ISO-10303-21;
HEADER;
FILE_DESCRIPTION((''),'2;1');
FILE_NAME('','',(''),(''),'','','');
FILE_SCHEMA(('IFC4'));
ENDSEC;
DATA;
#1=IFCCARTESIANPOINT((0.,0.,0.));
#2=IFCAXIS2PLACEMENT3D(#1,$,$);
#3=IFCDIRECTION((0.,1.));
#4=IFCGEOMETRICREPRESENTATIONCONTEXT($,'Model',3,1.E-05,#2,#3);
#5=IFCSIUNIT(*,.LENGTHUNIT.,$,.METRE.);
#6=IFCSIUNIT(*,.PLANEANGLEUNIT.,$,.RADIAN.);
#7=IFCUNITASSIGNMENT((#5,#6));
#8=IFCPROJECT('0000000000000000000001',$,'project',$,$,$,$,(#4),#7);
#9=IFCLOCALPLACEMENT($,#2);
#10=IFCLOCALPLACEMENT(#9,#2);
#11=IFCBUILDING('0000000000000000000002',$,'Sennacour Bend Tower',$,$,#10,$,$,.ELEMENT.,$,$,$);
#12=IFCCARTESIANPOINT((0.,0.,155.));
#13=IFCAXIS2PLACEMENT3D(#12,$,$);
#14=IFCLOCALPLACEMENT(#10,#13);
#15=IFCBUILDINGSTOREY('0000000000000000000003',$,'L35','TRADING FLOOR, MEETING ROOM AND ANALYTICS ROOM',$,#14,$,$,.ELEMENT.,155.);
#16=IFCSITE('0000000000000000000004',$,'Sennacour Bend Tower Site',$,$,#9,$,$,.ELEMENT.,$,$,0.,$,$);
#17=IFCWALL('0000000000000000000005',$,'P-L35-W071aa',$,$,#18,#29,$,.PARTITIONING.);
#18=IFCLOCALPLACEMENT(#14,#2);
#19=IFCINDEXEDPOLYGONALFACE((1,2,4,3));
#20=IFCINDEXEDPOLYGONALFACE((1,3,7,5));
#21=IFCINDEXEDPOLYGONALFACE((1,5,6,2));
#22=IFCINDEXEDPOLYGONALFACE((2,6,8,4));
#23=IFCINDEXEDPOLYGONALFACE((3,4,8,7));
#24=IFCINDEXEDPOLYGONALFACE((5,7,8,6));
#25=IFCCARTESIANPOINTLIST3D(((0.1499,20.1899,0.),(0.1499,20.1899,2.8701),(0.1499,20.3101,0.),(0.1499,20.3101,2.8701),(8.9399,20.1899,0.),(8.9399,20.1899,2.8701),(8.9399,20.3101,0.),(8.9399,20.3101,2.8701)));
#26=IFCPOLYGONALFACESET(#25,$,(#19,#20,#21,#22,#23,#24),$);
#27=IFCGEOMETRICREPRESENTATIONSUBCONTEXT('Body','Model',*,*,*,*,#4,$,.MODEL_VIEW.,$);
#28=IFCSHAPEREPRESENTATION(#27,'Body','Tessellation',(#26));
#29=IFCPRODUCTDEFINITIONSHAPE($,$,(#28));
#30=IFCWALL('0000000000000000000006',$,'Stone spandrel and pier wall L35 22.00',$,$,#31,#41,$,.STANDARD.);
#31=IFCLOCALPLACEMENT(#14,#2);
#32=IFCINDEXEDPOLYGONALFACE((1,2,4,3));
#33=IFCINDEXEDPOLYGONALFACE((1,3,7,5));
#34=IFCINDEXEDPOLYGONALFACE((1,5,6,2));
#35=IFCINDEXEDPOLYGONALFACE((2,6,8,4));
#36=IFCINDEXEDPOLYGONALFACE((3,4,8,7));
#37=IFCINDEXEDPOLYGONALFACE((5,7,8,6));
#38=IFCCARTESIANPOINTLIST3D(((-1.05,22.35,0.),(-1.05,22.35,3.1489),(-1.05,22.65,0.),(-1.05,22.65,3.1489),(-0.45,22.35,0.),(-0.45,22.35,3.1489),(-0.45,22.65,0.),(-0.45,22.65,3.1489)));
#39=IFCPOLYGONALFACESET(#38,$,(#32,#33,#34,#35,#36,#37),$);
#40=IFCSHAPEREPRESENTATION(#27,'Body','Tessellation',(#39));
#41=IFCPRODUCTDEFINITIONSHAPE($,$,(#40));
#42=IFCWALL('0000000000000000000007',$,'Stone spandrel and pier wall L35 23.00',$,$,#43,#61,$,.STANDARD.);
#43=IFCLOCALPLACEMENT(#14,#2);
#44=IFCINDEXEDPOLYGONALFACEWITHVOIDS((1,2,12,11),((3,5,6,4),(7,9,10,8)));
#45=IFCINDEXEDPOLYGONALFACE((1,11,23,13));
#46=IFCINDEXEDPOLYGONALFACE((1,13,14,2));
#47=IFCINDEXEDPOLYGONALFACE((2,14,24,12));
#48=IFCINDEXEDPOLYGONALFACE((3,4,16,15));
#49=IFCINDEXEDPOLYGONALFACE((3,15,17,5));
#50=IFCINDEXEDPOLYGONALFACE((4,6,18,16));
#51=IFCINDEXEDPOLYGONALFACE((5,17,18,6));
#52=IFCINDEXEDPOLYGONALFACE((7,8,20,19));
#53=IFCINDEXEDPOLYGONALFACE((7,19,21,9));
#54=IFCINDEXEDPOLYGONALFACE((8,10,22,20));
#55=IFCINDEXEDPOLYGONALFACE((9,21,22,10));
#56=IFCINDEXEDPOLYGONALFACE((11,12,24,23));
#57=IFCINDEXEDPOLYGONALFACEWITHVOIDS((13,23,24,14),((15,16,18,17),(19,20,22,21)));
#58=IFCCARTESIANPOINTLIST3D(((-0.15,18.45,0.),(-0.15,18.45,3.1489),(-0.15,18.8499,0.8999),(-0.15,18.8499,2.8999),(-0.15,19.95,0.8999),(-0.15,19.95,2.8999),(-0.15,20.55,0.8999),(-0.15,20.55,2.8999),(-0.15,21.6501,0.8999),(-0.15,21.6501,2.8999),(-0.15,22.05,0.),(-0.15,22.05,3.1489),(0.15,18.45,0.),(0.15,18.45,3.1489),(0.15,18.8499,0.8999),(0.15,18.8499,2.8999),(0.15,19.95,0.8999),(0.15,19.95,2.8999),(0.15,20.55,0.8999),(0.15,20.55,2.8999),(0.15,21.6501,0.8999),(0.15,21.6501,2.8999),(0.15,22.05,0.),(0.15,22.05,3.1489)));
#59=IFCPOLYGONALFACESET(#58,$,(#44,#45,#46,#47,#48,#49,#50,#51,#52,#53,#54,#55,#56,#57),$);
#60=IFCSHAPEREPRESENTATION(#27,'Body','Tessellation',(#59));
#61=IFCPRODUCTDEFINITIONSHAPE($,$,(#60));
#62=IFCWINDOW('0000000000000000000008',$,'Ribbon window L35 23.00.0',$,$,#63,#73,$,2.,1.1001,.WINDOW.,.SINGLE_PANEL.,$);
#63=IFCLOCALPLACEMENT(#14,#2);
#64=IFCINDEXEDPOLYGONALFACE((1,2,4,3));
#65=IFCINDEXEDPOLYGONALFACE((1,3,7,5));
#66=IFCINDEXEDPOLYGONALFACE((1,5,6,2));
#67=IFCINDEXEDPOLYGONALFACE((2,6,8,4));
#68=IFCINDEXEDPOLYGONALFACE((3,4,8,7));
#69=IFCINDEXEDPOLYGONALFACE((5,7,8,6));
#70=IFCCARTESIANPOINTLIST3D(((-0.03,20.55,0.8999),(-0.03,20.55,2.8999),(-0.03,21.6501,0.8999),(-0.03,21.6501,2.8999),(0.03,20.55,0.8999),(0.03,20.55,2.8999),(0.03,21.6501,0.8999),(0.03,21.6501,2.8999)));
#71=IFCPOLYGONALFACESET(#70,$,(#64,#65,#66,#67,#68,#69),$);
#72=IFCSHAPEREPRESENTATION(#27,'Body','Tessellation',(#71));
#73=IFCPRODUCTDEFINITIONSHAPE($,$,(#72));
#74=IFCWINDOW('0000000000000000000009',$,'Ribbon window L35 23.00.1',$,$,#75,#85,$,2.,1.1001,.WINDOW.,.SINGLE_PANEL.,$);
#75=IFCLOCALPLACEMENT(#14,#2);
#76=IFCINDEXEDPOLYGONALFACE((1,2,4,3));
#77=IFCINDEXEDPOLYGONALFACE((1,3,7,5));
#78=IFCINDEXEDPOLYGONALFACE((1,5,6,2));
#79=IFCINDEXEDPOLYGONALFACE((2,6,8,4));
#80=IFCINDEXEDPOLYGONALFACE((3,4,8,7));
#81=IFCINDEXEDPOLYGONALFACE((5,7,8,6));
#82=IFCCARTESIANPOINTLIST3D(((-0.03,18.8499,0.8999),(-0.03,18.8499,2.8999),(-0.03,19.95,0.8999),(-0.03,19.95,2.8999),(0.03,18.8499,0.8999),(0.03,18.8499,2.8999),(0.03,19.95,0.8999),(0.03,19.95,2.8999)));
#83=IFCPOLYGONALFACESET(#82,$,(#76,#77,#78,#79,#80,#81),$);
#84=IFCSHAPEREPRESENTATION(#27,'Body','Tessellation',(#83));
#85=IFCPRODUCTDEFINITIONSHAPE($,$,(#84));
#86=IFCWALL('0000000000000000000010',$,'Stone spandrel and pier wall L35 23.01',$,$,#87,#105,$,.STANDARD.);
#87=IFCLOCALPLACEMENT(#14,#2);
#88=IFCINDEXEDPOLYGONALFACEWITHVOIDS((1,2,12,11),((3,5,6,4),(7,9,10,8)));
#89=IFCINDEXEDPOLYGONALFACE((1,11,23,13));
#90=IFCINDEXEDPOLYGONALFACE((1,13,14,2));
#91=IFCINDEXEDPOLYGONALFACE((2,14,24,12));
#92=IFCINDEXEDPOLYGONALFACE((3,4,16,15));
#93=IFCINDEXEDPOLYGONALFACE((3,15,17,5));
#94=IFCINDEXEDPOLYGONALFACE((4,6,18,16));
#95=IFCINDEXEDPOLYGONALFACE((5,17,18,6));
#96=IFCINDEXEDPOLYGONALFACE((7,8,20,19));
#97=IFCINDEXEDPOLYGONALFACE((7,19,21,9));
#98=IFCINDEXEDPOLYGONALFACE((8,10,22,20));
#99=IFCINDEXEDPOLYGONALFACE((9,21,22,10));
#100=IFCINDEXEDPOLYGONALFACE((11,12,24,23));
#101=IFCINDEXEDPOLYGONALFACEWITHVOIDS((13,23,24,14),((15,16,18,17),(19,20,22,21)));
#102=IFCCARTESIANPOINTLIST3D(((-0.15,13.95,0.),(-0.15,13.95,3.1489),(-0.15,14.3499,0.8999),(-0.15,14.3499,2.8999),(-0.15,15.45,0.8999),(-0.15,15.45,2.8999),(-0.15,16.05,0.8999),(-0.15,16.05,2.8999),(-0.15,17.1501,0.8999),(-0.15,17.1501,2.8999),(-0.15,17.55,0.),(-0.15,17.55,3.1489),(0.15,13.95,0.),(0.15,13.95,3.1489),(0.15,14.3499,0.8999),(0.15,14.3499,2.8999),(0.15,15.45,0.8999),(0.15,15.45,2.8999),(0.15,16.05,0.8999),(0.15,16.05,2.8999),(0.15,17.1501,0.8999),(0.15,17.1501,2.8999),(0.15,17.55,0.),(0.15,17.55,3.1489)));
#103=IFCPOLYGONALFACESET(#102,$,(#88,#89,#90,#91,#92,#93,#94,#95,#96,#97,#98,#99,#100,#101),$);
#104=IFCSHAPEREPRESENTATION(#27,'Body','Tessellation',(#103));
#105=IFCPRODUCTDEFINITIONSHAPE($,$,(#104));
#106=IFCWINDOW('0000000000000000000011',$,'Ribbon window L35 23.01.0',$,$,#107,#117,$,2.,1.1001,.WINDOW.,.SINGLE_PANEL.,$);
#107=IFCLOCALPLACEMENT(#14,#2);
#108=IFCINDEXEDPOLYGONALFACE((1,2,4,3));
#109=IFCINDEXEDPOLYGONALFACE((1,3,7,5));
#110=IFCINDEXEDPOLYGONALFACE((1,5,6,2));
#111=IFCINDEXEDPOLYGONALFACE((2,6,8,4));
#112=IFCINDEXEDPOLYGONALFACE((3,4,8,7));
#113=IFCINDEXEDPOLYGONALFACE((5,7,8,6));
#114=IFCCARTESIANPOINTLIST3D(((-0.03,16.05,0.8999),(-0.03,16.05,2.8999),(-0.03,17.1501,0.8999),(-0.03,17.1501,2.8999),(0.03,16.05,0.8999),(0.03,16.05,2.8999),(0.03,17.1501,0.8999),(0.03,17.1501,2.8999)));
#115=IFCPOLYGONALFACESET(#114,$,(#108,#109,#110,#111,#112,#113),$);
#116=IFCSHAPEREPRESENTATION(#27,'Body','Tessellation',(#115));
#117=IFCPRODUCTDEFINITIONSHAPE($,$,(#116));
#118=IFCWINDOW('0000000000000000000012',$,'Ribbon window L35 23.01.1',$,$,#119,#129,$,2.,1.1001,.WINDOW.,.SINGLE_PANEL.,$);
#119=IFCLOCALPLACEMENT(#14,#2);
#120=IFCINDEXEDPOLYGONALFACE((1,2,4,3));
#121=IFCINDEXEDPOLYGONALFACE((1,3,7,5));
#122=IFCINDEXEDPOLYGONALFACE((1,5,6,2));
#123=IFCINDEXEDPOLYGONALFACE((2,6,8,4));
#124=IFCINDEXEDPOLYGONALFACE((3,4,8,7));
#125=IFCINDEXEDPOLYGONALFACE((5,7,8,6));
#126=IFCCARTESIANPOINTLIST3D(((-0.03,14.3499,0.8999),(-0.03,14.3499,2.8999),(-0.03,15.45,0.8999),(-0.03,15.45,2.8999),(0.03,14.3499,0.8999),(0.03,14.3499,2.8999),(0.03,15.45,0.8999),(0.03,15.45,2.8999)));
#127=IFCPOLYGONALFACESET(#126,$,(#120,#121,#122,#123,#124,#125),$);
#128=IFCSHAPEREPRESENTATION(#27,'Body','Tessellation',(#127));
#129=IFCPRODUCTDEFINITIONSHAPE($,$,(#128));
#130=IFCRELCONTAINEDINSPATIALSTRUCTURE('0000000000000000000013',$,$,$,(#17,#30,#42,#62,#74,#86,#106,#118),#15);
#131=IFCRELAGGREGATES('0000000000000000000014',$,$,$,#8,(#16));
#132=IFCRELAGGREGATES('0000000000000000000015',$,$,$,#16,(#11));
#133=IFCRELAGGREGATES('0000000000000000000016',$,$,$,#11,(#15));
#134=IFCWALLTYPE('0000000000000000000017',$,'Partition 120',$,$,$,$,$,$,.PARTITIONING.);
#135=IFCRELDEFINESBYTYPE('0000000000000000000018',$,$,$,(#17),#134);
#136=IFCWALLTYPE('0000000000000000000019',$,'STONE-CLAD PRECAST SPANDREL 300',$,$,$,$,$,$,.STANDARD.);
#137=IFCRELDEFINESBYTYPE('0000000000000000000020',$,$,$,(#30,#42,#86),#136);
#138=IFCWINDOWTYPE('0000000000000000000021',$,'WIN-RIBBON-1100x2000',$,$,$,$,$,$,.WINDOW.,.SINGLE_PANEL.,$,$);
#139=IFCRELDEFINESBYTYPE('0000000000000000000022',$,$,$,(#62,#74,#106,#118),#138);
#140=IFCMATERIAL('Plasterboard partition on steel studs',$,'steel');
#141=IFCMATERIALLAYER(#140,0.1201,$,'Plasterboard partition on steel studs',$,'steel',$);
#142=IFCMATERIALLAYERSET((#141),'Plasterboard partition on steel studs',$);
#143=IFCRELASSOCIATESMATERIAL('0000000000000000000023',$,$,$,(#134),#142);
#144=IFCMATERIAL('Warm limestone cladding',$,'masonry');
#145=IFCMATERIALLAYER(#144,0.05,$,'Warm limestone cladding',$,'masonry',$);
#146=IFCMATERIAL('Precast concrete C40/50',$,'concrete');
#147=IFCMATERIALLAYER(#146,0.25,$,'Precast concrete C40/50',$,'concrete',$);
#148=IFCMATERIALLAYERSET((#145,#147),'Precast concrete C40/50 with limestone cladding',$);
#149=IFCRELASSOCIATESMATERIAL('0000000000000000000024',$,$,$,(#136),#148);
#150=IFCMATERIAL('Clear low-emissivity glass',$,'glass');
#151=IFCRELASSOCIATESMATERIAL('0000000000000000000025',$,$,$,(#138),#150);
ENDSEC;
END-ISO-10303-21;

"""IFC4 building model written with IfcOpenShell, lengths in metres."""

from ifc_helpers import new_model, si_unit, direction, frame, frame_2d, origin, place, context, subcontext, project, spatial, rectangle, extrude, material, layer, layer_set, type_object, element, fill, save


model = new_model("IFC4")

# Units and contexts
model_context = context("Model", 3, precision=1e-05, world=origin(), true_north=direction((0.0, 1.0)))
body_context = subcontext(model_context, "Body", "Model", "MODEL_VIEW")
ifc_project = project(units=[si_unit("LENGTHUNIT", "METRE"), si_unit("PLANEANGLEUNIT", "RADIAN")], contexts=[model_context])

# Site, building, storey
site_placement = place(None, origin())
site = spatial("IfcSite", under=ifc_project, at=site_placement, Name="Sennacour Bend Tower Site", CompositionType="ELEMENT", RefElevation=0.0)
building_placement = place(site_placement, origin())
building = spatial("IfcBuilding", under=site, at=building_placement, Name="Sennacour Bend Tower", CompositionType="ELEMENT")
storey_placement = place(building_placement, frame((0.0, 0.0, 155.0)))
storey = spatial("IfcBuildingStorey", under=building, at=storey_placement, Name="L35", Description="TRADING FLOOR, MEETING ROOM AND ANALYTICS ROOM", CompositionType="ELEMENT", Elevation=155.0)

# Walls
ifc_material_1 = material(Name="Plasterboard partition on steel studs", Category="steel")
ifc_layer_1 = layer(ifc_material_1, 0.1201, Name="Plasterboard partition on steel studs", Category="steel")
ifc_layer_set_1 = layer_set([ifc_layer_1], Name="Plasterboard partition on steel studs")
wall_type_1 = type_object("IfcWallType", Name="Partition 120", PredefinedType="PARTITIONING", material=ifc_layer_set_1)
for number, where, z_axis, x_axis, name in (
    (1, (0.1499, 20.25, 0.0), (0.0, 0.0, 1.0), (1.0, 0.0, 0.0), "P-L35-W071aa"),
):
    element("IfcWall", number, at=place(storey_placement, frame(where, z_axis=z_axis, x_axis=x_axis)), inside=storey, type_object=wall_type_1, Name=name, PredefinedType="PARTITIONING", context=body_context, shape_type="SweptSolid", body=[
        extrude(rectangle(XDim=8.79, YDim=0.1201, at=frame_2d((4.395, 0.0))), origin(), (0.0, 0.0, 1.0), 2.8701),
    ])
ifc_material_2 = material(Name="Warm limestone cladding", Category="masonry")
ifc_layer_2 = layer(ifc_material_2, 0.05, Name="Warm limestone cladding", Category="masonry")
ifc_material_3 = material(Name="Precast concrete C40/50", Category="concrete")
ifc_layer_3 = layer(ifc_material_3, 0.25, Name="Precast concrete C40/50", Category="concrete")
ifc_layer_set_2 = layer_set([ifc_layer_2, ifc_layer_3], Name="Precast concrete C40/50 with limestone cladding")
wall_type_2 = type_object("IfcWallType", Name="STONE-CLAD PRECAST SPANDREL 300", PredefinedType="STANDARD", material=ifc_layer_set_2)
wall_1_placement = place(storey_placement, frame((-1.05, 22.5, 0.0), z_axis=(0.0, 0.0, 1.0), x_axis=(1.0, 0.0, 0.0)))
element("IfcWall", 2, at=wall_1_placement, inside=storey, type_object=wall_type_2, Name="Stone spandrel and pier wall L35 22.00", PredefinedType="STANDARD", context=body_context, shape_type="SweptSolid", body=[
    extrude(rectangle(XDim=0.6001, YDim=0.3, at=frame_2d((0.3, 0.0))), origin(), (0.0, 0.0, 1.0), 3.1489),
])

# Walls, openings, windows
wall_2_placement = place(storey_placement, frame((0.0, 22.05, 0.0), z_axis=(0.0, 0.0, 1.0), x_axis=(0.0, -1.0, 0.0)))
wall_2 = element("IfcWall", 3, at=wall_2_placement, inside=storey, type_object=wall_type_2, Name="Stone spandrel and pier wall L35 23.00", PredefinedType="STANDARD", context=body_context, shape_type="SweptSolid", body=[
    extrude(rectangle(XDim=3.6001, YDim=0.3, at=frame_2d((1.8, 0.0))), origin(), (0.0, 0.0, 1.0), 3.1489),
])
opening_1_placement = place(wall_2_placement, frame((0.3999, 0.0, 0.8999)))
opening_1 = element("IfcOpeningElement", 4, at=opening_1_placement, cuts=wall_2, PredefinedType="OPENING", context=body_context, shape_type="SweptSolid", body=[
    extrude(rectangle(XDim=1.1001, YDim=2.0, at=frame_2d((0.55, 1.0))), frame((0.0, 0.1602, 0.0), z_axis=(0.0, -1.0, 0.0), x_axis=(1.0, 0.0, 0.0)), (0.0, 0.0, 1.0), 0.3201),
])
opening_2_placement = place(wall_2_placement, frame((2.1001, 0.0, 0.8999)))
opening_2 = element("IfcOpeningElement", 5, at=opening_2_placement, cuts=wall_2, PredefinedType="OPENING", context=body_context, shape_type="SweptSolid", body=[
    extrude(rectangle(XDim=1.1001, YDim=2.0, at=frame_2d((0.55, 1.0))), frame((0.0, 0.1602, 0.0), z_axis=(0.0, -1.0, 0.0), x_axis=(1.0, 0.0, 0.0)), (0.0, 0.0, 1.0), 0.3201),
])
ifc_material_4 = material(Name="Clear low-emissivity glass", Category="glass")
window_type = type_object("IfcWindowType", Name="WIN-RIBBON-1100x2000", PartitioningType="SINGLE_PANEL", PredefinedType="WINDOW", material=ifc_material_4)
window_1_placement = place(opening_1_placement, origin())
window_1 = element("IfcWindow", 6, at=window_1_placement, inside=storey, type_object=window_type, Name="Ribbon window L35 23.00.0", OverallHeight=2.0, OverallWidth=1.1001, PartitioningType="SINGLE_PANEL", PredefinedType="WINDOW", context=body_context, shape_type="SweptSolid", body=[
    extrude(rectangle(XDim=1.1001, YDim=2.0, at=frame_2d((0.55, 1.0))), frame((0.0, 0.03, 0.0), z_axis=(0.0, -1.0, 0.0), x_axis=(1.0, 0.0, 0.0)), (0.0, 0.0, 1.0), 0.0601),
])
fill(opening_1, window_1)
window_2_placement = place(opening_2_placement, origin())
window_2 = element("IfcWindow", 7, at=window_2_placement, inside=storey, type_object=window_type, Name="Ribbon window L35 23.00.1", OverallHeight=2.0, OverallWidth=1.1001, PartitioningType="SINGLE_PANEL", PredefinedType="WINDOW", context=body_context, shape_type="SweptSolid", body=[
    extrude(rectangle(XDim=1.1001, YDim=2.0, at=frame_2d((0.55, 1.0))), frame((0.0, 0.03, 0.0), z_axis=(0.0, -1.0, 0.0), x_axis=(1.0, 0.0, 0.0)), (0.0, 0.0, 1.0), 0.0601),
])
fill(opening_2, window_2)
wall_3_placement = place(storey_placement, frame((0.0, 17.55, 0.0), z_axis=(0.0, 0.0, 1.0), x_axis=(0.0, -1.0, 0.0)))
wall_3 = element("IfcWall", 8, at=wall_3_placement, inside=storey, type_object=wall_type_2, Name="Stone spandrel and pier wall L35 23.01", PredefinedType="STANDARD", context=body_context, shape_type="SweptSolid", body=[
    extrude(rectangle(XDim=3.6001, YDim=0.3, at=frame_2d((1.8, 0.0))), origin(), (0.0, 0.0, 1.0), 3.1489),
])
opening_3_placement = place(wall_3_placement, frame((0.3999, 0.0, 0.8999)))
opening_3 = element("IfcOpeningElement", 9, at=opening_3_placement, cuts=wall_3, PredefinedType="OPENING", context=body_context, shape_type="SweptSolid", body=[
    extrude(rectangle(XDim=1.1001, YDim=2.0, at=frame_2d((0.55, 1.0))), frame((0.0, 0.1602, 0.0), z_axis=(0.0, -1.0, 0.0), x_axis=(1.0, 0.0, 0.0)), (0.0, 0.0, 1.0), 0.3201),
])
opening_4_placement = place(wall_3_placement, frame((2.1001, 0.0, 0.8999)))
opening_4 = element("IfcOpeningElement", 10, at=opening_4_placement, cuts=wall_3, PredefinedType="OPENING", context=body_context, shape_type="SweptSolid", body=[
    extrude(rectangle(XDim=1.1001, YDim=2.0, at=frame_2d((0.55, 1.0))), frame((0.0, 0.1602, 0.0), z_axis=(0.0, -1.0, 0.0), x_axis=(1.0, 0.0, 0.0)), (0.0, 0.0, 1.0), 0.3201),
])
window_3_placement = place(opening_3_placement, origin())
window_3 = element("IfcWindow", 11, at=window_3_placement, inside=storey, type_object=window_type, Name="Ribbon window L35 23.01.0", OverallHeight=2.0, OverallWidth=1.1001, PartitioningType="SINGLE_PANEL", PredefinedType="WINDOW", context=body_context, shape_type="SweptSolid", body=[
    extrude(rectangle(XDim=1.1001, YDim=2.0, at=frame_2d((0.55, 1.0))), frame((0.0, 0.03, 0.0), z_axis=(0.0, -1.0, 0.0), x_axis=(1.0, 0.0, 0.0)), (0.0, 0.0, 1.0), 0.0601),
])
fill(opening_3, window_3)
window_4_placement = place(opening_4_placement, origin())
window_4 = element("IfcWindow", 12, at=window_4_placement, inside=storey, type_object=window_type, Name="Ribbon window L35 23.01.1", OverallHeight=2.0, OverallWidth=1.1001, PartitioningType="SINGLE_PANEL", PredefinedType="WINDOW", context=body_context, shape_type="SweptSolid", body=[
    extrude(rectangle(XDim=1.1001, YDim=2.0, at=frame_2d((0.55, 1.0))), frame((0.0, 0.03, 0.0), z_axis=(0.0, -1.0, 0.0), x_axis=(1.0, 0.0, 0.0)), (0.0, 0.0, 1.0), 0.0601),
])
fill(opening_4, window_4)

save(model, "model.ifc")
